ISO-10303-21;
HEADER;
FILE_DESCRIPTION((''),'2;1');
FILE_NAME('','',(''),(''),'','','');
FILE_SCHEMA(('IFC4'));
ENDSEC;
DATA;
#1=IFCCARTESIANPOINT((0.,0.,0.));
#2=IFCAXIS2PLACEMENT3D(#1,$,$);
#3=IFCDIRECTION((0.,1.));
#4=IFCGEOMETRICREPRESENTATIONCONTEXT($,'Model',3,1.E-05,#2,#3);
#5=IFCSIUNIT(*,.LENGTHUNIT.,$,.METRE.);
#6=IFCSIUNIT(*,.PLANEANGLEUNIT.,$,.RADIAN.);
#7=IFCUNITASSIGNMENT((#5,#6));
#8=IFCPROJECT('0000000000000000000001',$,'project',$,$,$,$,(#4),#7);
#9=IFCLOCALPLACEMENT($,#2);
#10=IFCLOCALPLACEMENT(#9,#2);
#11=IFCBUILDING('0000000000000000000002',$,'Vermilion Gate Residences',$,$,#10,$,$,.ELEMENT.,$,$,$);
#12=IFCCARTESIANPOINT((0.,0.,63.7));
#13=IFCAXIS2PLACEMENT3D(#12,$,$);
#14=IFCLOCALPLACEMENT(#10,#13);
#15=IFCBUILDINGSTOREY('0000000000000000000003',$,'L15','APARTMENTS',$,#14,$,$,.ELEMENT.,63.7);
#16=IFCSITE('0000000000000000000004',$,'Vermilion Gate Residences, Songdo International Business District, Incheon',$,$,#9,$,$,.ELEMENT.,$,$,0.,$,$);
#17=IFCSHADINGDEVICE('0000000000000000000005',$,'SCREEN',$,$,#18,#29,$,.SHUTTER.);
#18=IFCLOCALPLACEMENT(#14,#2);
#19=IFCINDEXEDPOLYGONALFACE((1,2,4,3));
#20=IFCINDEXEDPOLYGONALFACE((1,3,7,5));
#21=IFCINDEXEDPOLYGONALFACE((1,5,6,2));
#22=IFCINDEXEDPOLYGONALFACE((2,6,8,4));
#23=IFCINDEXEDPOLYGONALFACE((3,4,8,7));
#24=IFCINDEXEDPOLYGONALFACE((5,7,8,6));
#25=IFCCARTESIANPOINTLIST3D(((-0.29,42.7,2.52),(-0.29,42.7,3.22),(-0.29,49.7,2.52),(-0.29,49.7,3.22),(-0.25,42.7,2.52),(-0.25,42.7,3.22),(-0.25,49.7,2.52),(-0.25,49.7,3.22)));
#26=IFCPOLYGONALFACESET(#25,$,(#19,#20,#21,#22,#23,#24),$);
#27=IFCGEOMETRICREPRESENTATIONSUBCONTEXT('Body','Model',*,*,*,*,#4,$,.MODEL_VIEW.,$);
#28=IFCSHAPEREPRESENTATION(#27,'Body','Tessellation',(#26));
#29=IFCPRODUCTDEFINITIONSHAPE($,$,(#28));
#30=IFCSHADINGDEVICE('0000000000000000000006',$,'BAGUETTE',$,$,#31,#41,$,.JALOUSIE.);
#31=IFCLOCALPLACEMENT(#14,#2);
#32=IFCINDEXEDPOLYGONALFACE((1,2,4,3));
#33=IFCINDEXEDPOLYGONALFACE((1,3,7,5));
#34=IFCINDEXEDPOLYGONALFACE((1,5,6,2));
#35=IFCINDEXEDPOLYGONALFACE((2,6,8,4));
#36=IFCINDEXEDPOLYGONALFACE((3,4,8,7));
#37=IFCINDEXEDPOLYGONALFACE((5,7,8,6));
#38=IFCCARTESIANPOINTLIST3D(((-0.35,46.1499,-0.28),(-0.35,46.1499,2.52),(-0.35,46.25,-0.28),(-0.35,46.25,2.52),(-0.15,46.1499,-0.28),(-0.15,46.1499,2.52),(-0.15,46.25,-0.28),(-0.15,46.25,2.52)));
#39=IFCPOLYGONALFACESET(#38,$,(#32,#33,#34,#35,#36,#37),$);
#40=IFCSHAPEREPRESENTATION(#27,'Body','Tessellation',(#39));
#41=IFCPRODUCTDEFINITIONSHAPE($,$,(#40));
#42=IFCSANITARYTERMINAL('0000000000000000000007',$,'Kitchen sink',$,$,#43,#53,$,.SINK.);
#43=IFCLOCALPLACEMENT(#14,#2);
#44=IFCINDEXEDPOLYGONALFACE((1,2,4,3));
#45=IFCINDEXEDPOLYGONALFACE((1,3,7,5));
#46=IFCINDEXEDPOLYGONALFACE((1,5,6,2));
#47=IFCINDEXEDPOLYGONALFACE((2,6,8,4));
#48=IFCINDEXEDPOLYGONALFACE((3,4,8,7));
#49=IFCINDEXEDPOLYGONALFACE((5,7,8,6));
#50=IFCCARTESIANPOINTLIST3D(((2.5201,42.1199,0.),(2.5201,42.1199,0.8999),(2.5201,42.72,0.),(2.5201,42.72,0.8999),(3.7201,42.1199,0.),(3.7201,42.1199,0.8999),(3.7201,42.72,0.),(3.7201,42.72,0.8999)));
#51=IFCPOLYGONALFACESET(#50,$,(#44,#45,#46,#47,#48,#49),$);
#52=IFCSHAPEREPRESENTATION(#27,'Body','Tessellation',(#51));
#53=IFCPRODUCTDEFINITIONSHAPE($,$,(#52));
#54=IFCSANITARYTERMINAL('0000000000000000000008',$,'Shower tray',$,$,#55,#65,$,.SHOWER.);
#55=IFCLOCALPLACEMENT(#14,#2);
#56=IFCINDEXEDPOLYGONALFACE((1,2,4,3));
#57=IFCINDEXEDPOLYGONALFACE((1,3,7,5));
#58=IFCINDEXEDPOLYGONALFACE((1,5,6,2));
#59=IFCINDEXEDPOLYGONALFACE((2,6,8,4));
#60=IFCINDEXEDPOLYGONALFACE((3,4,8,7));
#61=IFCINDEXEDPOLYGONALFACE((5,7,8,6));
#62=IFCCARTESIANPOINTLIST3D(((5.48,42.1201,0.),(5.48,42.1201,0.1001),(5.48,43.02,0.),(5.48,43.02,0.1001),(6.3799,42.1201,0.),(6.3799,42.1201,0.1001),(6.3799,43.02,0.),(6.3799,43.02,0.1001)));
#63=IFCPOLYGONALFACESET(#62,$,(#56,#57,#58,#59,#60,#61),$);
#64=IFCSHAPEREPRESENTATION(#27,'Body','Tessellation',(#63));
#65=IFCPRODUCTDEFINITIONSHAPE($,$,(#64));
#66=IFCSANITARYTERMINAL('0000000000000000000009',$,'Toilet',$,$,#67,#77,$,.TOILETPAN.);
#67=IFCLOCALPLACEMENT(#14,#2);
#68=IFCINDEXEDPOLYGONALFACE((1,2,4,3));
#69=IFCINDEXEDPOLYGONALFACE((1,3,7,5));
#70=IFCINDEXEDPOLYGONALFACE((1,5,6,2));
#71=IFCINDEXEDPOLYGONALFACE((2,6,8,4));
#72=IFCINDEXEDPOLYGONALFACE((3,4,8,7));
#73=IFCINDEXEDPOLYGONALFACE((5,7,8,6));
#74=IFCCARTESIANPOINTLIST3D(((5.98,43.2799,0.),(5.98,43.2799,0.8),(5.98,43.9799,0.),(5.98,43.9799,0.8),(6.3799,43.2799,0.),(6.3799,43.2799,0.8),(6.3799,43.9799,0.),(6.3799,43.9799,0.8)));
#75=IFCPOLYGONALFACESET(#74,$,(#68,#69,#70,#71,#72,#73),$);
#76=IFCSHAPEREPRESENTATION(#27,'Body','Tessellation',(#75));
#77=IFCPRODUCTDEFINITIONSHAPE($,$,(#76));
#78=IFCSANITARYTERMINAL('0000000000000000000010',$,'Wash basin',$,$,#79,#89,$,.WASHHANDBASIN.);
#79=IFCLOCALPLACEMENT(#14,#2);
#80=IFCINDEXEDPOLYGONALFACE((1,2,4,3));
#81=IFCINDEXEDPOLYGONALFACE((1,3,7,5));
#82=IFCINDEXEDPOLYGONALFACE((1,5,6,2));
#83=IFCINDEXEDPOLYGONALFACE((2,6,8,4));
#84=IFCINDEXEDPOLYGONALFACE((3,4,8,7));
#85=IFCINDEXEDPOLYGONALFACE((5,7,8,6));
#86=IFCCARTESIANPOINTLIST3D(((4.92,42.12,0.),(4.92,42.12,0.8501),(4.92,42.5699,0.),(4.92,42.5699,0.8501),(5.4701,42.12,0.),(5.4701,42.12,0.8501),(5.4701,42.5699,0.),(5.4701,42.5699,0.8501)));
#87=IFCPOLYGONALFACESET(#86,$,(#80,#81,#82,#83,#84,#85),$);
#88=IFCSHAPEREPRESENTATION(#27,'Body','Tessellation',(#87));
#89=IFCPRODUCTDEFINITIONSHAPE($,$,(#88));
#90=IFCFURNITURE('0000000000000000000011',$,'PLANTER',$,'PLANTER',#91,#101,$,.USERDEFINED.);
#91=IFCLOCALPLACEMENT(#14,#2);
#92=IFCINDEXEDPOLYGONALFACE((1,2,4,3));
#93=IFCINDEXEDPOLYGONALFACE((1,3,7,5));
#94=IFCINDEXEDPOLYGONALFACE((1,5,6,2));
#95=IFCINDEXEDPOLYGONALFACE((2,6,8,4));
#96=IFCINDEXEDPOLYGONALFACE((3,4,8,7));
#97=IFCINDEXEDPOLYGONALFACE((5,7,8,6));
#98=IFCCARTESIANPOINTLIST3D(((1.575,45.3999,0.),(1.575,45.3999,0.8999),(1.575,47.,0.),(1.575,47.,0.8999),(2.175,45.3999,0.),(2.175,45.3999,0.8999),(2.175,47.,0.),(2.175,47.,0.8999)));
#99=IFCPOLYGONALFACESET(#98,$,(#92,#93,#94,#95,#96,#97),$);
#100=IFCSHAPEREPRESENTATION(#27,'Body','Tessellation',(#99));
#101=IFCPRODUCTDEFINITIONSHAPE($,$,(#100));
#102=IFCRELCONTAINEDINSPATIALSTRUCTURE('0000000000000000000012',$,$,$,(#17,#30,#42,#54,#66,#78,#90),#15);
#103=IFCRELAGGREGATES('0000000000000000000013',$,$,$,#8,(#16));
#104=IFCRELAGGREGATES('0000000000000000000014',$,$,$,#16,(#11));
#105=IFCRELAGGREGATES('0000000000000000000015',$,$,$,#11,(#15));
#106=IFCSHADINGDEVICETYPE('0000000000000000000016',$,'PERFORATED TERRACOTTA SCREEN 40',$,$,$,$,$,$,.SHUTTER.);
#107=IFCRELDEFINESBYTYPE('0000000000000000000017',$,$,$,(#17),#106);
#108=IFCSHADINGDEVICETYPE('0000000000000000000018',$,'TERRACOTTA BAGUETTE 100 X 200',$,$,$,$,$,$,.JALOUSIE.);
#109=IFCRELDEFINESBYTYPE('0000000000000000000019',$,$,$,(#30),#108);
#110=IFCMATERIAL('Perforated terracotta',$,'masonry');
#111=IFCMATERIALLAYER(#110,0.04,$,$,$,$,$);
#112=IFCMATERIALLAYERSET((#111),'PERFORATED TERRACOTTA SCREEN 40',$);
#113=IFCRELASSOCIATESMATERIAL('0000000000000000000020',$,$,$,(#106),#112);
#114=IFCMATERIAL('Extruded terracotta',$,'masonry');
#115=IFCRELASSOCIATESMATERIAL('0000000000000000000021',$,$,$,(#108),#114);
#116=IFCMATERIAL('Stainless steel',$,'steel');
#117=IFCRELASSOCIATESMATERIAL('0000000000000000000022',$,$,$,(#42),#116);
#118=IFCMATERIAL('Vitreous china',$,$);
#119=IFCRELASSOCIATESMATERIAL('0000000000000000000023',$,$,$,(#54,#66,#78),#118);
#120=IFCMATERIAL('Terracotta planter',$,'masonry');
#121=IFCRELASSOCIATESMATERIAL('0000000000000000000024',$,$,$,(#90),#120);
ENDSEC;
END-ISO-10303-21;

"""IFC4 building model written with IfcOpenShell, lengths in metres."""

from ifc_helpers import new_model, si_unit, direction, frame, origin, origin_2d, place, context, subcontext, project, spatial, rectangle, extrude, material, layer, layer_set, material_profile, profile_set, type_object, element, save


model = new_model("IFC4")

# Units and contexts
model_context = context("Model", 3, precision=1e-05, world=origin(), true_north=direction((0.0, 1.0)))
body_context = subcontext(model_context, "Body", "Model", "MODEL_VIEW")
ifc_project = project(units=[si_unit("LENGTHUNIT", "METRE"), si_unit("PLANEANGLEUNIT", "RADIAN")], contexts=[model_context])

# Site, building, storey
site_placement = place(None, origin())
site = spatial("IfcSite", under=ifc_project, at=site_placement, Name="Vermilion Gate Residences, Songdo International Business District, Incheon", CompositionType="ELEMENT", RefElevation=0.0)
building_placement = place(site_placement, origin())
building = spatial("IfcBuilding", under=site, at=building_placement, Name="Vermilion Gate Residences", CompositionType="ELEMENT")
storey_placement = place(building_placement, frame((0.0, 0.0, 63.7)))
storey = spatial("IfcBuildingStorey", under=building, at=storey_placement, Name="L15", Description="APARTMENTS", CompositionType="ELEMENT", Elevation=63.7)

# Shading devices
ifc_material_1 = material(Name="Perforated terracotta", Category="masonry")
ifc_layer_1 = layer(ifc_material_1, 0.04)
ifc_layer_set_1 = layer_set([ifc_layer_1], Name="PERFORATED TERRACOTTA SCREEN 40")
shading_device_type_1 = type_object("IfcShadingDeviceType", Name="PERFORATED TERRACOTTA SCREEN 40", PredefinedType="SHUTTER", material=ifc_layer_set_1)
shading_device_1_placement = place(storey_placement, frame((-0.27, 46.2, 2.52), z_axis=(0.0, 0.0, 1.0), x_axis=(0.0, -1.0, 0.0)))
element("IfcShadingDevice", 1, at=shading_device_1_placement, inside=storey, type_object=shading_device_type_1, Name="SCREEN", PredefinedType="SHUTTER", context=body_context, shape_type="SweptSolid", body=[
    extrude(rectangle(XDim=7.0, YDim=0.04, at=origin_2d()), origin(), (0.0, 0.0, 1.0), 0.7),
])
ifc_material_2 = material(Name="Extruded terracotta", Category="masonry")
ifc_material_profile_1 = material_profile(ifc_material_2, rectangle(XDim=0.2, YDim=0.1001, at=origin_2d()), Name="BAGUETTE 100 X 200")
ifc_profile_set_1 = profile_set([ifc_material_profile_1], Name="Extruded terracotta")
shading_device_type_2 = type_object("IfcShadingDeviceType", Name="TERRACOTTA BAGUETTE 100 X 200", PredefinedType="JALOUSIE", material=ifc_profile_set_1)
shading_device_2_placement = place(storey_placement, frame((-0.25, 46.2, -0.28), z_axis=(0.0, 0.0, 1.0), x_axis=(1.0, 0.0, 0.0)))
element("IfcShadingDevice", 2, at=shading_device_2_placement, inside=storey, type_object=shading_device_type_2, Name="BAGUETTE", PredefinedType="JALOUSIE", context=body_context, shape_type="SweptSolid", body=[
    extrude(rectangle(XDim=0.2, YDim=0.1001, at=origin_2d()), origin(), (0.0, 0.0, 1.0), 2.8),
])

# Sanitary terminals
ifc_material_3 = material(Name="Stainless steel", Category="steel")
sanitary_terminal_1_placement = place(storey_placement, frame((3.1201, 42.4199, 0.0), z_axis=(0.0, 0.0, 1.0), x_axis=(1.0, 0.0, 0.0)))
element("IfcSanitaryTerminal", 3, at=sanitary_terminal_1_placement, inside=storey, material=ifc_material_3, Name="Kitchen sink", PredefinedType="SINK", context=body_context, shape_type="SweptSolid", body=[
    extrude(rectangle(XDim=1.2, YDim=0.6001, at=origin_2d()), origin(), (0.0, 0.0, 1.0), 0.8999),
])
ifc_material_4 = material(Name="Vitreous china")
sanitary_terminal_2_placement = place(storey_placement, frame((5.9299, 42.5701, 0.0), z_axis=(0.0, 0.0, 1.0), x_axis=(1.0, 0.0, 0.0)))
element("IfcSanitaryTerminal", 4, at=sanitary_terminal_2_placement, inside=storey, material=ifc_material_4, Name="Shower tray", PredefinedType="SHOWER", context=body_context, shape_type="SweptSolid", body=[
    extrude(rectangle(XDim=0.8999, YDim=0.8999, at=origin_2d()), origin(), (0.0, 0.0, 1.0), 0.1001),
])
sanitary_terminal_3_placement = place(storey_placement, frame((6.1799, 43.6299, 0.0), z_axis=(0.0, 0.0, 1.0), x_axis=(1.0, 0.0, 0.0)))
element("IfcSanitaryTerminal", 5, at=sanitary_terminal_3_placement, inside=storey, material=ifc_material_4, Name="Toilet", PredefinedType="TOILETPAN", context=body_context, shape_type="SweptSolid", body=[
    extrude(rectangle(XDim=0.3999, YDim=0.7, at=origin_2d()), origin(), (0.0, 0.0, 1.0), 0.8),
])
sanitary_terminal_4_placement = place(storey_placement, frame((5.1951, 42.345, 0.0), z_axis=(0.0, 0.0, 1.0), x_axis=(1.0, 0.0, 0.0)))
element("IfcSanitaryTerminal", 6, at=sanitary_terminal_4_placement, inside=storey, material=ifc_material_4, Name="Wash basin", PredefinedType="WASHHANDBASIN", context=body_context, shape_type="SweptSolid", body=[
    extrude(rectangle(XDim=0.55, YDim=0.45, at=origin_2d()), origin(), (0.0, 0.0, 1.0), 0.8501),
])

# Furniture
ifc_material_5 = material(Name="Terracotta planter", Category="masonry")
furniture_placement = place(storey_placement, frame((1.875, 46.2, 0.0), z_axis=(0.0, 0.0, 1.0), x_axis=(0.0, -1.0, 0.0)))
element("IfcFurniture", 7, at=furniture_placement, inside=storey, material=ifc_material_5, Name="PLANTER", ObjectType="PLANTER", PredefinedType="USERDEFINED", context=body_context, shape_type="SweptSolid", body=[
    extrude(rectangle(XDim=1.6001, YDim=0.6001, at=origin_2d()), origin(), (0.0, 0.0, 1.0), 0.8999),
])

save(model, "model.ifc")
